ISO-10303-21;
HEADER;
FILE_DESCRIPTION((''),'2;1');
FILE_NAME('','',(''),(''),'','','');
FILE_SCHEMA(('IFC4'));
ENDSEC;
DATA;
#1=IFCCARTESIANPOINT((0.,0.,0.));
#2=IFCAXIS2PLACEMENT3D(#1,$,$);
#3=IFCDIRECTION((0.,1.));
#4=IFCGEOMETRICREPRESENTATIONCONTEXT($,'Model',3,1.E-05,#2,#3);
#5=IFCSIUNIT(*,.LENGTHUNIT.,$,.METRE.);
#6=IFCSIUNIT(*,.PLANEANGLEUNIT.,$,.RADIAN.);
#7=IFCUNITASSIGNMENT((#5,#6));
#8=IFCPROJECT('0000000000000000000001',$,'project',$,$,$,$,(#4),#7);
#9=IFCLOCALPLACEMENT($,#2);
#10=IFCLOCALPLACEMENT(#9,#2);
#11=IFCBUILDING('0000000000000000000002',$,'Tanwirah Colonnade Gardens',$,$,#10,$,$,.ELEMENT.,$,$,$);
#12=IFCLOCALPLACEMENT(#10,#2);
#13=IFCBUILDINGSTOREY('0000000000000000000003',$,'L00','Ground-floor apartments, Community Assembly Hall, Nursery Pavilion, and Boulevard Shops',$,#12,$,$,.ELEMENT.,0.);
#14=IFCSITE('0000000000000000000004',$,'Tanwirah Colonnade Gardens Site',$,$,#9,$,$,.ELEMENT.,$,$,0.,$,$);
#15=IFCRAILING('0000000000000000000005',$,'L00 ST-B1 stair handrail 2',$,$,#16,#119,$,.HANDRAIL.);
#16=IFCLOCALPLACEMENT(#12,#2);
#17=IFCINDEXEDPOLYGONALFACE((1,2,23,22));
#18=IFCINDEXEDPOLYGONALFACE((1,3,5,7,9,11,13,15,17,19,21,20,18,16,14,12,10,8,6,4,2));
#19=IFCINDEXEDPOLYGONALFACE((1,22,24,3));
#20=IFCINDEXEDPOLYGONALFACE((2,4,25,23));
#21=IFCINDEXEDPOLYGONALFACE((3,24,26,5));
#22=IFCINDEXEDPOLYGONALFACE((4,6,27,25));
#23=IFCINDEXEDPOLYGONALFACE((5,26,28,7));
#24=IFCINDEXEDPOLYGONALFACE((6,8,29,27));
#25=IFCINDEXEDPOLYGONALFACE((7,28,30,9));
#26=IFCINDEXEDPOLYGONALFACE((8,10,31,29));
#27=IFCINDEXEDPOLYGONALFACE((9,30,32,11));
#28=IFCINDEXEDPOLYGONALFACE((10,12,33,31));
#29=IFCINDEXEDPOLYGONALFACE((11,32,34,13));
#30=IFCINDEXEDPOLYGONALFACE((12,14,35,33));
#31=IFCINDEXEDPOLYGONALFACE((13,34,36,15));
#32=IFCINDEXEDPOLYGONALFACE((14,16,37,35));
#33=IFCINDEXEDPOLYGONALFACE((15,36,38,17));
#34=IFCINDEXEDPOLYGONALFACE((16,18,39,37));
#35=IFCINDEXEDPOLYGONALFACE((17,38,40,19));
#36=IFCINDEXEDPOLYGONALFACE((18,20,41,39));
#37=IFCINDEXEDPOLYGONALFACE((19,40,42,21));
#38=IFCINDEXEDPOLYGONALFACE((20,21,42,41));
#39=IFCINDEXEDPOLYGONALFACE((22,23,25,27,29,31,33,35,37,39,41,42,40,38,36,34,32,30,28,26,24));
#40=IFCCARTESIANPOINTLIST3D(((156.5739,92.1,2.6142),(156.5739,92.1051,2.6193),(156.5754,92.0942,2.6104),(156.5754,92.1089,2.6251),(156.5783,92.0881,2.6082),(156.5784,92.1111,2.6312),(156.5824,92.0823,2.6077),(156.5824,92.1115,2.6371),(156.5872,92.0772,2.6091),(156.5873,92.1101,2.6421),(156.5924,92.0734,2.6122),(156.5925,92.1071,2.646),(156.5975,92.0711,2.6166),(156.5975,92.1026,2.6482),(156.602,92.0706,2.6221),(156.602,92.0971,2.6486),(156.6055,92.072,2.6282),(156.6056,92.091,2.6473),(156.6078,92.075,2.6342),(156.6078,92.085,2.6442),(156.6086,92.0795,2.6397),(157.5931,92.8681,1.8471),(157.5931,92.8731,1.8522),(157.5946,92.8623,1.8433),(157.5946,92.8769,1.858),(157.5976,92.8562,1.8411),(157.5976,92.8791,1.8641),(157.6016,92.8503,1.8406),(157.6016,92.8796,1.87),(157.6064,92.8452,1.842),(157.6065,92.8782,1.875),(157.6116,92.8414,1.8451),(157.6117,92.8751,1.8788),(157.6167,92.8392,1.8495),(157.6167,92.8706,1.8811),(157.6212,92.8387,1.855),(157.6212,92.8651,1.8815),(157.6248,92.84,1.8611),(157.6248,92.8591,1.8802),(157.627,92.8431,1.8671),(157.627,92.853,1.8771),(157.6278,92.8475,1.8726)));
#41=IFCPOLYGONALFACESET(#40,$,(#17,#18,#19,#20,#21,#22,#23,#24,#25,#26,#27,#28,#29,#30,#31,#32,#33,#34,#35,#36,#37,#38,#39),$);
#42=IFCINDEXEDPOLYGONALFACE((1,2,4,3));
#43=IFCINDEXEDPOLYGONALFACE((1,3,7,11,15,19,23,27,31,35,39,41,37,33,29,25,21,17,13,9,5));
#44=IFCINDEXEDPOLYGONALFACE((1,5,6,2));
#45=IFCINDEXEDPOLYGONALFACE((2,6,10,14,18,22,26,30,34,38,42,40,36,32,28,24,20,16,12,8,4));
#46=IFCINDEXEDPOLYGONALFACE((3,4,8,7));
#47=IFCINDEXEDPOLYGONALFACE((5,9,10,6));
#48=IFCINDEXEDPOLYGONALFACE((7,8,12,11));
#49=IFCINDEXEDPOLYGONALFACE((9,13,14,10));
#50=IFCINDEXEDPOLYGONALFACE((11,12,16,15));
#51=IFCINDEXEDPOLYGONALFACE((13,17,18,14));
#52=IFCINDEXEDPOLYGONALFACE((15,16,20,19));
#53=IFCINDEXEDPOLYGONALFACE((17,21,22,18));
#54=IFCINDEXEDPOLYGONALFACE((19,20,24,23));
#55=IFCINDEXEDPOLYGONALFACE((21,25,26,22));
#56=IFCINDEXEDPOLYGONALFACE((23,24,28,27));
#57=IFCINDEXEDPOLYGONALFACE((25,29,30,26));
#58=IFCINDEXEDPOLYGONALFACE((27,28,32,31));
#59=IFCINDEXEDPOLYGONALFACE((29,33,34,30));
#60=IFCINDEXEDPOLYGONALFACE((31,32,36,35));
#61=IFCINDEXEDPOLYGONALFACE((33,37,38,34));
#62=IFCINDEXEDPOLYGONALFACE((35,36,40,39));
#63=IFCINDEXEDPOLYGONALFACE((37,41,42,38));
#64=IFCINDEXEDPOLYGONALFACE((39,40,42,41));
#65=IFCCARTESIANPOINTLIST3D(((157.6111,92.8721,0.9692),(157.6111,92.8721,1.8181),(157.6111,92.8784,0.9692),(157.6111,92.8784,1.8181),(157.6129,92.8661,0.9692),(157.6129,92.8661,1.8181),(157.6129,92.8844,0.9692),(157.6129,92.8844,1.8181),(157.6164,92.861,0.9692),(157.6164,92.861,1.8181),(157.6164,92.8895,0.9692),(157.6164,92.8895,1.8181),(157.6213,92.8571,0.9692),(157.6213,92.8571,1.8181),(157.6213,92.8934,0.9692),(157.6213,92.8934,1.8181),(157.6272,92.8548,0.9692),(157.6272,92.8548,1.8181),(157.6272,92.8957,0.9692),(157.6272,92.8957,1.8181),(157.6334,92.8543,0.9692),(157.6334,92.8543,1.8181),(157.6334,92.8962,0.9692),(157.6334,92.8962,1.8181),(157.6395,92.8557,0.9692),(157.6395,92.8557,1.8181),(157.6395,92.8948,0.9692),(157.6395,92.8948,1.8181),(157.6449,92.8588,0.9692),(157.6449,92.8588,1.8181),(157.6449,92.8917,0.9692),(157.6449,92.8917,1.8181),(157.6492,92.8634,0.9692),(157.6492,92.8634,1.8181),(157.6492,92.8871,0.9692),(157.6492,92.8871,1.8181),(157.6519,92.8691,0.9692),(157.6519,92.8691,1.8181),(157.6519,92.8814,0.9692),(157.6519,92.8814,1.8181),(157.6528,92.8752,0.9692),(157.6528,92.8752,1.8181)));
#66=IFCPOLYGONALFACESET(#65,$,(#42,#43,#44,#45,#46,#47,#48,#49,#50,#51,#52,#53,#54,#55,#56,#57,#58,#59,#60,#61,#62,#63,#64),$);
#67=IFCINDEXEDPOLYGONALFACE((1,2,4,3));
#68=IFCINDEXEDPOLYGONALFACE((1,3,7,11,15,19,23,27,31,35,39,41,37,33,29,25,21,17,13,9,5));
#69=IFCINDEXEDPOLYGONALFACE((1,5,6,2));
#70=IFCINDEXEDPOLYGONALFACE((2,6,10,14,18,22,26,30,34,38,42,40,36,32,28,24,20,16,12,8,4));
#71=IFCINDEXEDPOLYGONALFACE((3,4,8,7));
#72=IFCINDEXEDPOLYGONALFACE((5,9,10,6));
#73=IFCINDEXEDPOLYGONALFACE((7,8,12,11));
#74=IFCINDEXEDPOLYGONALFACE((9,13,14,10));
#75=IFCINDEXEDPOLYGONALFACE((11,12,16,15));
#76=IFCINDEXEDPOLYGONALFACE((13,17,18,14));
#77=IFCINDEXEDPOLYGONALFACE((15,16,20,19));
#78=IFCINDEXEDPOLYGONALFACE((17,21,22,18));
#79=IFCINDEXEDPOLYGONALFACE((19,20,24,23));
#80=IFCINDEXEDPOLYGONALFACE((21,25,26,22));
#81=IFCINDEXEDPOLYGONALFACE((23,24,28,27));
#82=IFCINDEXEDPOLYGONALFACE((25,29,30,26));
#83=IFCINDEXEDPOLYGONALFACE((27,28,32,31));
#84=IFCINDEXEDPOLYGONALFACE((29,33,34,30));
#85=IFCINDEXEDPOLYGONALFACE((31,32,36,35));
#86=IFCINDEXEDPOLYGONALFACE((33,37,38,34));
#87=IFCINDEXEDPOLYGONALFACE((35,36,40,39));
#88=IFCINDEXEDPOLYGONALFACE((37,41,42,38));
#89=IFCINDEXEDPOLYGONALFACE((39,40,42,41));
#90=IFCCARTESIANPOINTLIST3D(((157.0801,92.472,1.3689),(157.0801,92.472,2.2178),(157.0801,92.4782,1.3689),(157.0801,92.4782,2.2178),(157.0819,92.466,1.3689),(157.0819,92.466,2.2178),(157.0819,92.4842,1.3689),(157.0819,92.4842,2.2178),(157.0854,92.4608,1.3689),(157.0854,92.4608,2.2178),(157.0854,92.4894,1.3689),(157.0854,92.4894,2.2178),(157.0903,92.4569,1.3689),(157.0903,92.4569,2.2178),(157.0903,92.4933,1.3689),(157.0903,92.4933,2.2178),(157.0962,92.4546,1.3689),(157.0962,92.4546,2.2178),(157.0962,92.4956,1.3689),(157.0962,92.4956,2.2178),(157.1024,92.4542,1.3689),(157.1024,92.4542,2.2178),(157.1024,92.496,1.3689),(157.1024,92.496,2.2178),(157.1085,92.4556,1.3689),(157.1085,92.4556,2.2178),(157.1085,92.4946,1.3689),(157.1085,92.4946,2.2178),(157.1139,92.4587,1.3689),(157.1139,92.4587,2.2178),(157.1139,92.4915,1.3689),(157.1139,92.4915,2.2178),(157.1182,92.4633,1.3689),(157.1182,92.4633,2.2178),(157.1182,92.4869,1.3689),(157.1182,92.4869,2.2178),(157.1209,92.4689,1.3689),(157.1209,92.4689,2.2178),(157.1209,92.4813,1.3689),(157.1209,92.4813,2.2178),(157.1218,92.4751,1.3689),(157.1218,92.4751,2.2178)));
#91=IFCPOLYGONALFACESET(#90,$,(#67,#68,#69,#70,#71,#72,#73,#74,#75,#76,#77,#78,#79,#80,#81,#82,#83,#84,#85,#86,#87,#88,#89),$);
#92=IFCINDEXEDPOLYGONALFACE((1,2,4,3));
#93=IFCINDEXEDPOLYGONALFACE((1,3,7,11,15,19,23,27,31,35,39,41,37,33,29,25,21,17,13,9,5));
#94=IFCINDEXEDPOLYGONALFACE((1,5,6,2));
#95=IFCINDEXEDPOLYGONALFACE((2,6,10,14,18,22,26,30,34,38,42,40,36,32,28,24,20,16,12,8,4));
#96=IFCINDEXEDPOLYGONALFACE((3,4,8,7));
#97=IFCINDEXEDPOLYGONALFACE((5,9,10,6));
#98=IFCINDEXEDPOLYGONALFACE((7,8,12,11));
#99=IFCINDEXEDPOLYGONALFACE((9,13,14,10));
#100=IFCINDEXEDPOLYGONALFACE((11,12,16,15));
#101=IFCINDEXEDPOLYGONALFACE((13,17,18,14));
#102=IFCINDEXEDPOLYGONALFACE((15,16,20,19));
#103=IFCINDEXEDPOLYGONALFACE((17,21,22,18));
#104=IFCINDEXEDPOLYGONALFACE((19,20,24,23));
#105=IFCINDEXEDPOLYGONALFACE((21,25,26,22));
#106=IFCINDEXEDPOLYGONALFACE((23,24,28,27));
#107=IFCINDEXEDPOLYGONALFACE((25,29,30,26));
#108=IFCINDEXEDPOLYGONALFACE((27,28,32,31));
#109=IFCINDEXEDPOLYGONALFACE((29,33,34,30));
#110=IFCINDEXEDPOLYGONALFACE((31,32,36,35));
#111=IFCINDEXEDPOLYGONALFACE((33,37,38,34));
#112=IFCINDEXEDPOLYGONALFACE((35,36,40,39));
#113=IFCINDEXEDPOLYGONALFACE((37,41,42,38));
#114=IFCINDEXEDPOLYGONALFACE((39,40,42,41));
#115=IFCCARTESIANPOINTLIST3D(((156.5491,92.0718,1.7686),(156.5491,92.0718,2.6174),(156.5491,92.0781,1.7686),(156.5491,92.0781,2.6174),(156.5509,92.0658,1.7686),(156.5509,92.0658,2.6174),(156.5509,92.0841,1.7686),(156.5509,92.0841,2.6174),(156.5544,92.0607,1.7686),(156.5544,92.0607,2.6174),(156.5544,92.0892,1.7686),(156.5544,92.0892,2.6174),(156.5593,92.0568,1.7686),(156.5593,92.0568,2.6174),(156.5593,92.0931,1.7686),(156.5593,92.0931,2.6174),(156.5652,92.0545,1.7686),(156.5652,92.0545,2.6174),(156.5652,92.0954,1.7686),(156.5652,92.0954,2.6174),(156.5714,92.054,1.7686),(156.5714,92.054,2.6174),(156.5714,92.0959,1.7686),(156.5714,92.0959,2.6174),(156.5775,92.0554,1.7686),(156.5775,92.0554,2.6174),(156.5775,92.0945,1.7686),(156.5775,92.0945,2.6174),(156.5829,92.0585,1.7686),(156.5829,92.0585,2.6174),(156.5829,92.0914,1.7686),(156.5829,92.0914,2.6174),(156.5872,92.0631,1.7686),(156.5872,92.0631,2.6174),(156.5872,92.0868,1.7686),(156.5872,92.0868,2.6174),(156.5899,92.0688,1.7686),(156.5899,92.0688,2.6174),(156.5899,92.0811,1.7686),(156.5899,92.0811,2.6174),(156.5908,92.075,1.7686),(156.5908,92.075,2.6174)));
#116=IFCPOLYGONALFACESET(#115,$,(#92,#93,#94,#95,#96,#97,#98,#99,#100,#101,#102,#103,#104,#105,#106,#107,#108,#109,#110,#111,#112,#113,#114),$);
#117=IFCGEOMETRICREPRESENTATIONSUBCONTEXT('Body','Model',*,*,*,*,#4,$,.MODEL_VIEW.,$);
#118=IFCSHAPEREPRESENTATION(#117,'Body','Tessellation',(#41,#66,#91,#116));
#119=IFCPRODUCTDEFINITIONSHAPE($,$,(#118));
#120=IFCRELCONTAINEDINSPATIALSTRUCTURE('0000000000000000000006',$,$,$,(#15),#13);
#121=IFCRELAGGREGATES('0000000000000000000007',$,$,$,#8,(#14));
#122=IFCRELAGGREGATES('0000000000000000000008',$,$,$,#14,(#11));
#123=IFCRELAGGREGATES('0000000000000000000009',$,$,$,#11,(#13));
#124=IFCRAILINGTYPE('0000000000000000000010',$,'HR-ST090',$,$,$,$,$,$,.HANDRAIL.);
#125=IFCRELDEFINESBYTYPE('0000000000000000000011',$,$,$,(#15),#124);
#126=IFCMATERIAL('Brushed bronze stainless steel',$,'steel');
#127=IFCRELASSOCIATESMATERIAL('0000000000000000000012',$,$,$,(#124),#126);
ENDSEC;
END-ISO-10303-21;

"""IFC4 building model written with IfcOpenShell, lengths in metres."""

from ifc_helpers import new_model, si_unit, direction, frame, origin, origin_2d, place, context, subcontext, project, spatial, circle, extrude, material, type_object, element, save


model = new_model("IFC4")

# Units and contexts
model_context = context("Model", 3, precision=1e-05, world=origin(), true_north=direction((0.0, 1.0)))
body_context = subcontext(model_context, "Body", "Model", "MODEL_VIEW")
ifc_project = project(units=[si_unit("LENGTHUNIT", "METRE"), si_unit("PLANEANGLEUNIT", "RADIAN")], contexts=[model_context])

# Site, building, storey
site_placement = place(None, origin())
site = spatial("IfcSite", under=ifc_project, at=site_placement, Name="Tanwirah Colonnade Gardens Site", CompositionType="ELEMENT", RefElevation=0.0)
building_placement = place(site_placement, origin())
building = spatial("IfcBuilding", under=site, at=building_placement, Name="Tanwirah Colonnade Gardens", CompositionType="ELEMENT")
storey_placement = place(building_placement, origin())
storey = spatial("IfcBuildingStorey", under=building, at=storey_placement, Name="L00", Description="Ground-floor apartments, Community Assembly Hall, Nursery Pavilion, and Boulevard Shops", CompositionType="ELEMENT", Elevation=0.0)

# Railing
ifc_material_1 = material(Name="Brushed bronze stainless steel", Category="steel")
railing_type = type_object("IfcRailingType", Name="HR-ST090", PredefinedType="HANDRAIL", material=ifc_material_1)
railing_1_placement = place(storey_placement, frame((157.6318, 92.8752, 0.9692)))
element("IfcRailing", 1, at=railing_1_placement, inside=storey, type_object=railing_type, Name="L00 ST-B1 stair handrail 2", PredefinedType="HANDRAIL", context=body_context, shape_type="SweptSolid", body=[
    extrude(circle(Radius=0.0239, at=origin_2d()), frame((-0.0215, -0.0161, 0.8918), z_axis=(-0.684493, -0.515809, 0.51518), x_axis=(0.60182, -0.798632, 0.0)), (0.0, 0.0, 1.0), 1.489),
    extrude(circle(Radius=0.021, at=origin_2d()), origin(), (0.0, 0.0, 1.0), 0.8489),
    extrude(circle(Radius=0.021, at=origin_2d()), frame((-0.531, -0.4001, 0.3997)), (0.0, 0.0, 1.0), 0.8489),
    extrude(circle(Radius=0.021, at=origin_2d()), frame((-1.062, -0.8003, 0.7993)), (0.0, 0.0, 1.0), 0.8489),
])

save(model, "model.ifc")
